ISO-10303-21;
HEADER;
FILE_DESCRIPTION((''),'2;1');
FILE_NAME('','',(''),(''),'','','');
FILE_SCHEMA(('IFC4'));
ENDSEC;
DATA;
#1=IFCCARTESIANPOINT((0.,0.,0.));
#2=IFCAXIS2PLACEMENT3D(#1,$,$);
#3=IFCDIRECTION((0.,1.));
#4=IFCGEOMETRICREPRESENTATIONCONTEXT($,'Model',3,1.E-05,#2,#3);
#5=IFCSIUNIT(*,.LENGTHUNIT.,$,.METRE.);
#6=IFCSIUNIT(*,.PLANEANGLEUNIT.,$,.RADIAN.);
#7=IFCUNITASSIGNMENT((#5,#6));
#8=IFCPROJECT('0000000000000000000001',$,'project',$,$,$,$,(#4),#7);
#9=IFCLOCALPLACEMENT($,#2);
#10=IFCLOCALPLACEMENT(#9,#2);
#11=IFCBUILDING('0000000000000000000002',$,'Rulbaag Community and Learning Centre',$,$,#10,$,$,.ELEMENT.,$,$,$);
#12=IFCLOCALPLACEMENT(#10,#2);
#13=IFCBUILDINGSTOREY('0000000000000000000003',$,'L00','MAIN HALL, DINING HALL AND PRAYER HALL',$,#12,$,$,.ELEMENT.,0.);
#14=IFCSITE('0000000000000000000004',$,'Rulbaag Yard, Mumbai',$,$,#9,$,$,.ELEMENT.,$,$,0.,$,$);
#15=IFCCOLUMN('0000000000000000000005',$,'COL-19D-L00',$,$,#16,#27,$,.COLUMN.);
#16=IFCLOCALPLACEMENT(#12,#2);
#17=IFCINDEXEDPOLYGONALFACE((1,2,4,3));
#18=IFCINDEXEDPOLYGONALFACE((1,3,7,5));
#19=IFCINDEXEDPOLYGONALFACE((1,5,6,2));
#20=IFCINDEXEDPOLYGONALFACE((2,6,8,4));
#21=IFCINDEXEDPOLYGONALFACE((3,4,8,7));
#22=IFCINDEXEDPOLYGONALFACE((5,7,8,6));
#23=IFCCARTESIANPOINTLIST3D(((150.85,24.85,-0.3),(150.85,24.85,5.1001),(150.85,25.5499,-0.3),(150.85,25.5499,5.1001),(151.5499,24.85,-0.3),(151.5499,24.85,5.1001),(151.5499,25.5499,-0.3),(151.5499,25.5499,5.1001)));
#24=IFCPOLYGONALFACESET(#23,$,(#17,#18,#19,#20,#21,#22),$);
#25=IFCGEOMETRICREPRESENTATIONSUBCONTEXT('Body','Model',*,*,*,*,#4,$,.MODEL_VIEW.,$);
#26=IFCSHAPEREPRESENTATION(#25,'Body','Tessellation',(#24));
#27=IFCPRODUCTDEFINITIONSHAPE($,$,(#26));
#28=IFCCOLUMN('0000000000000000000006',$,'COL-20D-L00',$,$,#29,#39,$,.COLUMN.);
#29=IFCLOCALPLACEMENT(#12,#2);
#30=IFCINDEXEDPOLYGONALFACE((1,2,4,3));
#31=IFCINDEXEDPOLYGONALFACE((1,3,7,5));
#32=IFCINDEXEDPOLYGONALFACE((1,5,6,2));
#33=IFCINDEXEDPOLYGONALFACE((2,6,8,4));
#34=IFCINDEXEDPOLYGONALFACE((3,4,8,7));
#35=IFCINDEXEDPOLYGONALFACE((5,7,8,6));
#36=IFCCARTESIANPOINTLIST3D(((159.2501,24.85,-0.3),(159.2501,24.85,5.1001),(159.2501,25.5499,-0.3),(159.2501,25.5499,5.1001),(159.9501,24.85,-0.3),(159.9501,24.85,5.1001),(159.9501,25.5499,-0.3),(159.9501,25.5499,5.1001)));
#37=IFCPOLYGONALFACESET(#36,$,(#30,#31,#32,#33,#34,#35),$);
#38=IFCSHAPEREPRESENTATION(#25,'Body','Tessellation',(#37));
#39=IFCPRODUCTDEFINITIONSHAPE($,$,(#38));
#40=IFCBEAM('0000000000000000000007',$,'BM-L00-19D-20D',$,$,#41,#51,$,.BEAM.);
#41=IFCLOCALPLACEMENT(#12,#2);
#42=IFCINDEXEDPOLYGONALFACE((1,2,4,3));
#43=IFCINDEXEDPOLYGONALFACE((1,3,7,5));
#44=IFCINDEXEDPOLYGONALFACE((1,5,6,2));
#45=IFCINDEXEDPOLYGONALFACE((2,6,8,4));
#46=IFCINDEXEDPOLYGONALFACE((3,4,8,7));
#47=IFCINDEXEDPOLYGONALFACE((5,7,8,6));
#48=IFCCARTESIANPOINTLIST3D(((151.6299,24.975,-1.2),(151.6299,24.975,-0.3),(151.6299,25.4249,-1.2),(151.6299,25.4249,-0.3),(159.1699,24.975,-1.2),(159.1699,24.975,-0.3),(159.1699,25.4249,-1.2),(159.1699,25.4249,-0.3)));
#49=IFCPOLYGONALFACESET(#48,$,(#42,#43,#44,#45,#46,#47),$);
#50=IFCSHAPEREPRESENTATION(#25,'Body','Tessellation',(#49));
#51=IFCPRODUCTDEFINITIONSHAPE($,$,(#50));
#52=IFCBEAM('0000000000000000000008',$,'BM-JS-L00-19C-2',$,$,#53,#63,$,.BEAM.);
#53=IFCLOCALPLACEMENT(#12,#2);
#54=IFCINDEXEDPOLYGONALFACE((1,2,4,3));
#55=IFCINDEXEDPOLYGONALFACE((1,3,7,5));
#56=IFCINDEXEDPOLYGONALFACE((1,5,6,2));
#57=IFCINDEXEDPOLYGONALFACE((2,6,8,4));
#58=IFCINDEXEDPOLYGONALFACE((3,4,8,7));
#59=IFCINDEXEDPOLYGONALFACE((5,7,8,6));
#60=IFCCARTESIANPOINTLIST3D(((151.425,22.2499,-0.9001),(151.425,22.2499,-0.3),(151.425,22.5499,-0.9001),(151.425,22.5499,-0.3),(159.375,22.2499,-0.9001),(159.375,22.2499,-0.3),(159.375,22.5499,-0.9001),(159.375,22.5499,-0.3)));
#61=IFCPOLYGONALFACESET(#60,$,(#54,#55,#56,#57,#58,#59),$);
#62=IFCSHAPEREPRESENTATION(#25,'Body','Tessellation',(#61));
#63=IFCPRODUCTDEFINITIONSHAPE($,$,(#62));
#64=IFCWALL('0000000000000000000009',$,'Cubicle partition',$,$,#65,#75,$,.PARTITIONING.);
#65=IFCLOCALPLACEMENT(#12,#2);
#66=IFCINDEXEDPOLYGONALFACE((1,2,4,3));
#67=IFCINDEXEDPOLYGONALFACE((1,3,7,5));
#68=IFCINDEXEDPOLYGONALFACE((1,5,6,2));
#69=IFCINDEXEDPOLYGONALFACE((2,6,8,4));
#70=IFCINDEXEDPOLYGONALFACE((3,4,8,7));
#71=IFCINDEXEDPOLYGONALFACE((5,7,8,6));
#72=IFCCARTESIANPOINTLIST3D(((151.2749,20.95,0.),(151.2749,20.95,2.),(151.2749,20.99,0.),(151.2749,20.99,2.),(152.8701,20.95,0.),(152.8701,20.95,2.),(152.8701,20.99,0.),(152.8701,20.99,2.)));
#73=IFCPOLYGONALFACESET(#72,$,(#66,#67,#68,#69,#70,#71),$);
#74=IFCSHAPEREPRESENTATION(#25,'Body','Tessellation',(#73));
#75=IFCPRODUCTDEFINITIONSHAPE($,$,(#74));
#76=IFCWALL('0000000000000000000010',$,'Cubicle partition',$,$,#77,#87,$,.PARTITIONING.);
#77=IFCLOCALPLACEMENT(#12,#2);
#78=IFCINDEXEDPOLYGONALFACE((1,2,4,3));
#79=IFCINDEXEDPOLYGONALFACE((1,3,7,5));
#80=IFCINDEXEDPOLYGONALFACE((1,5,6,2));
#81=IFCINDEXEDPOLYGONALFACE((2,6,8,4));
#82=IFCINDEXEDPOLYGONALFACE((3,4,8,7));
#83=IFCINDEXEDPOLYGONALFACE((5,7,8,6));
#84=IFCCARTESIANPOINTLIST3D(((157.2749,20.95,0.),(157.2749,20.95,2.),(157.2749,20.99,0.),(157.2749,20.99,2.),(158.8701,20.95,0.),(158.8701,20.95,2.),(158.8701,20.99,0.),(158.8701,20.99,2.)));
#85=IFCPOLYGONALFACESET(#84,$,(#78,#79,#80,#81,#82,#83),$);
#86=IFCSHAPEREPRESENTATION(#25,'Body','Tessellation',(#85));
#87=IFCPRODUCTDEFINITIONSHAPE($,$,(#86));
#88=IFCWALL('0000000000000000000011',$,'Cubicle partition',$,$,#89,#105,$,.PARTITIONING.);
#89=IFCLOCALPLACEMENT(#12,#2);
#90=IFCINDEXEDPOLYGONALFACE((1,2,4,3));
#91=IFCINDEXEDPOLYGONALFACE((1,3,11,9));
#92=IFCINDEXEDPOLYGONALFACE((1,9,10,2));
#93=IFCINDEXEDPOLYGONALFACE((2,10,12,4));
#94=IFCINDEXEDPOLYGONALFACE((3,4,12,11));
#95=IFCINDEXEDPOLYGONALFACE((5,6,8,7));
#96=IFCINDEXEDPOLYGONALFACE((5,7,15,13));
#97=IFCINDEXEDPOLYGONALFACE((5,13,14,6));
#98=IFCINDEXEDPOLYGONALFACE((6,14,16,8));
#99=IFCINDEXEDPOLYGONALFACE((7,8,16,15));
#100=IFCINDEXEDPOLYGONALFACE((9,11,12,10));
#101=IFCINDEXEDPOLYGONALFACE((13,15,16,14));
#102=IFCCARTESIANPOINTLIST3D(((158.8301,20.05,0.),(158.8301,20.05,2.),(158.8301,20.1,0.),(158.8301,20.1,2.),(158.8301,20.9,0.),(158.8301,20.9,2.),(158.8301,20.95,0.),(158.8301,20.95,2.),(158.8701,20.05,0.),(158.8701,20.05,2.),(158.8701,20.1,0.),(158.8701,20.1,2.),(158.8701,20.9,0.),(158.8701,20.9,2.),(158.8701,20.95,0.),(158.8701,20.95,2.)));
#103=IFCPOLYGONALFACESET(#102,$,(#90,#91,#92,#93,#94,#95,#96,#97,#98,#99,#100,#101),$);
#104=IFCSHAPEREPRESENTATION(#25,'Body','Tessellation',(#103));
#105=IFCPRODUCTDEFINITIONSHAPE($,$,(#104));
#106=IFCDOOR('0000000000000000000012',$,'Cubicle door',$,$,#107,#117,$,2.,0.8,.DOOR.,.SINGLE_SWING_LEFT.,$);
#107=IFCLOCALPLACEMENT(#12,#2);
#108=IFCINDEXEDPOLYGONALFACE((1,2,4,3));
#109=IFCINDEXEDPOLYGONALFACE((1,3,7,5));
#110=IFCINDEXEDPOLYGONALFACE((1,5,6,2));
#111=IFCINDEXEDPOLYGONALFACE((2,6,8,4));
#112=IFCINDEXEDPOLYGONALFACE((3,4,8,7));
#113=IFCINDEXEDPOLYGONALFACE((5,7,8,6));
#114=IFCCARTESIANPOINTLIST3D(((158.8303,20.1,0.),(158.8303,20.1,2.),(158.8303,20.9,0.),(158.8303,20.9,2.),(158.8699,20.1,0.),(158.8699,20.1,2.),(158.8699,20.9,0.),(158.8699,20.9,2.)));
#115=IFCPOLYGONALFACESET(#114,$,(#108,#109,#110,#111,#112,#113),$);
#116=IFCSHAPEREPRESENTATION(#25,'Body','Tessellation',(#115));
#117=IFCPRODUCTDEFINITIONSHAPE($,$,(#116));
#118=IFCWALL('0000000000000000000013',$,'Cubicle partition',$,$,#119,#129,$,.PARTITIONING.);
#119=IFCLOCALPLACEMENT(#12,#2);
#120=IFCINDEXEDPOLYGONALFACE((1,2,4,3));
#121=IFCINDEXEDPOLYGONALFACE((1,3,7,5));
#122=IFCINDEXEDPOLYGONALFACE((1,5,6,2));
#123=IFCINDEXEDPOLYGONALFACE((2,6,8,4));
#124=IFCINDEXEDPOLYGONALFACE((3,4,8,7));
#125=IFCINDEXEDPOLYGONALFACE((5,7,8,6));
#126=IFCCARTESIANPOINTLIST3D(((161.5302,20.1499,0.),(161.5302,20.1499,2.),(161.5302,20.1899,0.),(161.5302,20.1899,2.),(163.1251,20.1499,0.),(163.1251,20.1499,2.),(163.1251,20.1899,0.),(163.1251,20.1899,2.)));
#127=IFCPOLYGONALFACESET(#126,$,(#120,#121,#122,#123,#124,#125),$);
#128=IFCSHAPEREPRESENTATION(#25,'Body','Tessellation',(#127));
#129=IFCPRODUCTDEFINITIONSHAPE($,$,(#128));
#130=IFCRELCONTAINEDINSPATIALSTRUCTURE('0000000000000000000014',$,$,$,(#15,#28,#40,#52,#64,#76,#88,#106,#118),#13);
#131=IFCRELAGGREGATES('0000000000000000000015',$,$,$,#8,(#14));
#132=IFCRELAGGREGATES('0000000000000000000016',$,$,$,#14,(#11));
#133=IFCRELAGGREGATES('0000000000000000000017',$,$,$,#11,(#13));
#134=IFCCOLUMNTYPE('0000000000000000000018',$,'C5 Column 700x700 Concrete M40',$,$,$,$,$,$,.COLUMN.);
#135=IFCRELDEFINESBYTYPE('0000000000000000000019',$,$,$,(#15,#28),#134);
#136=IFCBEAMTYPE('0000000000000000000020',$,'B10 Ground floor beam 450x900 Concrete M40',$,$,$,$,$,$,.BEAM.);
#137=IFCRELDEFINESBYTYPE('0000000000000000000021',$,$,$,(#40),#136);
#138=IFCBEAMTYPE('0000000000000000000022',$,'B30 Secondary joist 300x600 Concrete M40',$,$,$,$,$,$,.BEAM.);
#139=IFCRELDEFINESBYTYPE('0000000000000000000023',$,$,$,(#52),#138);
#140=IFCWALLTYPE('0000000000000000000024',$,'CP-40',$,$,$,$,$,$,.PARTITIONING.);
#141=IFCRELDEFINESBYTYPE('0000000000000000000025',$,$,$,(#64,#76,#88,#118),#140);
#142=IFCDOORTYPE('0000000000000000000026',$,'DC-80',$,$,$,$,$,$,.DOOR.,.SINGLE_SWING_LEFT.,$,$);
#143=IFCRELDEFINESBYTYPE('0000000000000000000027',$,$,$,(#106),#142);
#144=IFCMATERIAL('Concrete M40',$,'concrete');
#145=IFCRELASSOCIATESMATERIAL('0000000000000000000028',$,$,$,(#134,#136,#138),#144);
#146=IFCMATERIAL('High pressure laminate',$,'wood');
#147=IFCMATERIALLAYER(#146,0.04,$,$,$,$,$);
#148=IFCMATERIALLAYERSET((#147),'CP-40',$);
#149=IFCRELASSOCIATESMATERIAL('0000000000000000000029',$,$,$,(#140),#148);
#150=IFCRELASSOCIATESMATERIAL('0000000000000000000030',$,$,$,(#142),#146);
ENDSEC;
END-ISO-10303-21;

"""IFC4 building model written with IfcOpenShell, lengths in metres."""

from ifc_helpers import new_model, si_unit, direction, frame, frame_2d, origin, origin_2d, place, context, subcontext, project, spatial, rectangle, extrude, material, layer, layer_set, material_profile, profile_set, type_object, element, fill, save


model = new_model("IFC4")

# Units and contexts
model_context = context("Model", 3, precision=1e-05, world=origin(), true_north=direction((0.0, 1.0)))
body_context = subcontext(model_context, "Body", "Model", "MODEL_VIEW")
ifc_project = project(units=[si_unit("LENGTHUNIT", "METRE"), si_unit("PLANEANGLEUNIT", "RADIAN")], contexts=[model_context])

# Site, building, storey
site_placement = place(None, origin())
site = spatial("IfcSite", under=ifc_project, at=site_placement, Name="Rulbaag Yard, Mumbai", CompositionType="ELEMENT", RefElevation=0.0)
building_placement = place(site_placement, origin())
building = spatial("IfcBuilding", under=site, at=building_placement, Name="Rulbaag Community and Learning Centre", CompositionType="ELEMENT")
storey_placement = place(building_placement, origin())
storey = spatial("IfcBuildingStorey", under=building, at=storey_placement, Name="L00", Description="MAIN HALL, DINING HALL AND PRAYER HALL", CompositionType="ELEMENT", Elevation=0.0)

# Columns
ifc_material_1 = material(Name="Concrete M40", Category="concrete")
ifc_material_profile_1 = material_profile(ifc_material_1, rectangle(XDim=0.7, YDim=0.7, at=origin_2d()), Name="RC700x700")
ifc_profile_set_1 = profile_set([ifc_material_profile_1], Name="Concrete M40")
column_type = type_object("IfcColumnType", Name="C5 Column 700x700 Concrete M40", PredefinedType="COLUMN", material=ifc_profile_set_1)
for number, where, z_axis, x_axis, name in (
    (1, (151.2, 25.2, -0.3), (0.0, 0.0, 1.0), (1.0, 0.0, 0.0), "COL-19D-L00"),
    (2, (159.6001, 25.2, -0.3), (0.0, 0.0, 1.0), (1.0, 0.0, 0.0), "COL-20D-L00"),
):
    element("IfcColumn", number, at=place(storey_placement, frame(where, z_axis=z_axis, x_axis=x_axis)), inside=storey, type_object=column_type, Name=name, PredefinedType="COLUMN", context=body_context, shape_type="SweptSolid", body=[
        extrude(rectangle(XDim=0.7, YDim=0.7, at=origin_2d()), origin(), (0.0, 0.0, 1.0), 5.4001),
    ])

# Beams
ifc_material_profile_2 = material_profile(ifc_material_1, rectangle(XDim=0.45, YDim=0.8999, at=origin_2d()), Name="RB450x900")
ifc_profile_set_2 = profile_set([ifc_material_profile_2], Name="Concrete M40")
beam_type_1 = type_object("IfcBeamType", Name="B10 Ground floor beam 450x900 Concrete M40", PredefinedType="BEAM", material=ifc_profile_set_2)
beam_1_placement = place(storey_placement, frame((151.6299, 25.2, -0.75), z_axis=(1.0, 0.0, 0.0), x_axis=(0.0, 1.0, 0.0)))
element("IfcBeam", 3, at=beam_1_placement, inside=storey, type_object=beam_type_1, Name="BM-L00-19D-20D", PredefinedType="BEAM", context=body_context, shape_type="SweptSolid", body=[
    extrude(rectangle(XDim=0.45, YDim=0.8999, at=origin_2d()), origin(), (0.0, 0.0, 1.0), 7.54),
])
ifc_material_profile_3 = material_profile(ifc_material_1, rectangle(XDim=0.3, YDim=0.6001, at=origin_2d()), Name="RB300x600")
ifc_profile_set_3 = profile_set([ifc_material_profile_3], Name="Concrete M40")
beam_type_2 = type_object("IfcBeamType", Name="B30 Secondary joist 300x600 Concrete M40", PredefinedType="BEAM", material=ifc_profile_set_3)
beam_2_placement = place(storey_placement, frame((151.425, 22.3999, -0.6001), z_axis=(1.0, 0.0, 0.0), x_axis=(0.0, 1.0, 0.0)))
element("IfcBeam", 4, at=beam_2_placement, inside=storey, type_object=beam_type_2, Name="BM-JS-L00-19C-2", PredefinedType="BEAM", context=body_context, shape_type="SweptSolid", body=[
    extrude(rectangle(XDim=0.3, YDim=0.6001, at=origin_2d()), origin(), (0.0, 0.0, 1.0), 7.95),
])

# Walls
ifc_material_2 = material(Name="High pressure laminate", Category="wood")
ifc_layer_1 = layer(ifc_material_2, 0.04)
ifc_layer_set_1 = layer_set([ifc_layer_1], Name="CP-40")
wall_type_1 = type_object("IfcWallType", Name="CP-40", PredefinedType="PARTITIONING", material=ifc_layer_set_1)
for number, where, z_axis, x_axis, name in (
    (5, (151.2749, 20.97, 0.0), (0.0, 0.0, 1.0), (1.0, 0.0, 0.0), "Cubicle partition"),
    (6, (157.2749, 20.97, 0.0), (0.0, 0.0, 1.0), (1.0, 0.0, 0.0), "Cubicle partition"),
):
    element("IfcWall", number, at=place(storey_placement, frame(where, z_axis=z_axis, x_axis=x_axis)), inside=storey, type_object=wall_type_1, Name=name, PredefinedType="PARTITIONING", context=body_context, shape_type="SweptSolid", body=[
        extrude(rectangle(XDim=1.5952, YDim=0.04, at=frame_2d((0.7976, 0.0))), origin(), (0.0, 0.0, 1.0), 2.0),
    ])

# Wall, opening, door
wall_1_placement = place(storey_placement, frame((158.8501, 20.05, 0.0), z_axis=(0.0, 0.0, 1.0), x_axis=(0.0, 1.0, 0.0)))
wall_1 = element("IfcWall", 7, at=wall_1_placement, inside=storey, type_object=wall_type_1, Name="Cubicle partition", PredefinedType="PARTITIONING", context=body_context, shape_type="SweptSolid", body=[
    extrude(rectangle(XDim=0.8999, YDim=0.04, at=frame_2d((0.45, 0.0))), origin(), (0.0, 0.0, 1.0), 2.0),
])
opening_1_placement = place(wall_1_placement, frame((0.05, 0.0, 0.0)))
opening_1 = element("IfcOpeningElement", 8, at=opening_1_placement, cuts=wall_1, PredefinedType="OPENING", context=body_context, shape_type="SweptSolid", body=[
    extrude(rectangle(XDim=0.8, YDim=2.0, at=frame_2d((0.3999, 1.0))), frame((0.0, 0.03, 0.0), z_axis=(0.0, -1.0, 0.0), x_axis=(1.0, 0.0, 0.0)), (0.0, 0.0, 1.0), 0.0601),
])
door_type_1 = type_object("IfcDoorType", Name="DC-80", OperationType="SINGLE_SWING_LEFT", PredefinedType="DOOR", material=ifc_material_2)
door_1_placement = place(opening_1_placement, origin())
door_1 = element("IfcDoor", 9, at=door_1_placement, inside=storey, type_object=door_type_1, Name="Cubicle door", OperationType="SINGLE_SWING_LEFT", OverallHeight=2.0, OverallWidth=0.8, PredefinedType="DOOR", context=body_context, shape_type="SweptSolid", body=[
    extrude(rectangle(XDim=0.8, YDim=2.0, at=frame_2d((0.3999, 1.0))), frame((0.0, 0.0198, 0.0), z_axis=(0.0, -1.0, 0.0), x_axis=(1.0, 0.0, 0.0)), (0.0, 0.0, 1.0), 0.0396),
])
fill(opening_1, door_1)

# Wall
wall_2_placement = place(storey_placement, frame((163.125, 20.1699, 0.0), z_axis=(0.0, 0.0, 1.0), x_axis=(-1.0, 0.0, 0.0)))
element("IfcWall", 10, at=wall_2_placement, inside=storey, type_object=wall_type_1, Name="Cubicle partition", PredefinedType="PARTITIONING", context=body_context, shape_type="SweptSolid", body=[
    extrude(rectangle(XDim=1.595, YDim=0.04, at=frame_2d((0.7974, 0.0))), origin(), (0.0, 0.0, 1.0), 2.0),
])

save(model, "model.ifc")
